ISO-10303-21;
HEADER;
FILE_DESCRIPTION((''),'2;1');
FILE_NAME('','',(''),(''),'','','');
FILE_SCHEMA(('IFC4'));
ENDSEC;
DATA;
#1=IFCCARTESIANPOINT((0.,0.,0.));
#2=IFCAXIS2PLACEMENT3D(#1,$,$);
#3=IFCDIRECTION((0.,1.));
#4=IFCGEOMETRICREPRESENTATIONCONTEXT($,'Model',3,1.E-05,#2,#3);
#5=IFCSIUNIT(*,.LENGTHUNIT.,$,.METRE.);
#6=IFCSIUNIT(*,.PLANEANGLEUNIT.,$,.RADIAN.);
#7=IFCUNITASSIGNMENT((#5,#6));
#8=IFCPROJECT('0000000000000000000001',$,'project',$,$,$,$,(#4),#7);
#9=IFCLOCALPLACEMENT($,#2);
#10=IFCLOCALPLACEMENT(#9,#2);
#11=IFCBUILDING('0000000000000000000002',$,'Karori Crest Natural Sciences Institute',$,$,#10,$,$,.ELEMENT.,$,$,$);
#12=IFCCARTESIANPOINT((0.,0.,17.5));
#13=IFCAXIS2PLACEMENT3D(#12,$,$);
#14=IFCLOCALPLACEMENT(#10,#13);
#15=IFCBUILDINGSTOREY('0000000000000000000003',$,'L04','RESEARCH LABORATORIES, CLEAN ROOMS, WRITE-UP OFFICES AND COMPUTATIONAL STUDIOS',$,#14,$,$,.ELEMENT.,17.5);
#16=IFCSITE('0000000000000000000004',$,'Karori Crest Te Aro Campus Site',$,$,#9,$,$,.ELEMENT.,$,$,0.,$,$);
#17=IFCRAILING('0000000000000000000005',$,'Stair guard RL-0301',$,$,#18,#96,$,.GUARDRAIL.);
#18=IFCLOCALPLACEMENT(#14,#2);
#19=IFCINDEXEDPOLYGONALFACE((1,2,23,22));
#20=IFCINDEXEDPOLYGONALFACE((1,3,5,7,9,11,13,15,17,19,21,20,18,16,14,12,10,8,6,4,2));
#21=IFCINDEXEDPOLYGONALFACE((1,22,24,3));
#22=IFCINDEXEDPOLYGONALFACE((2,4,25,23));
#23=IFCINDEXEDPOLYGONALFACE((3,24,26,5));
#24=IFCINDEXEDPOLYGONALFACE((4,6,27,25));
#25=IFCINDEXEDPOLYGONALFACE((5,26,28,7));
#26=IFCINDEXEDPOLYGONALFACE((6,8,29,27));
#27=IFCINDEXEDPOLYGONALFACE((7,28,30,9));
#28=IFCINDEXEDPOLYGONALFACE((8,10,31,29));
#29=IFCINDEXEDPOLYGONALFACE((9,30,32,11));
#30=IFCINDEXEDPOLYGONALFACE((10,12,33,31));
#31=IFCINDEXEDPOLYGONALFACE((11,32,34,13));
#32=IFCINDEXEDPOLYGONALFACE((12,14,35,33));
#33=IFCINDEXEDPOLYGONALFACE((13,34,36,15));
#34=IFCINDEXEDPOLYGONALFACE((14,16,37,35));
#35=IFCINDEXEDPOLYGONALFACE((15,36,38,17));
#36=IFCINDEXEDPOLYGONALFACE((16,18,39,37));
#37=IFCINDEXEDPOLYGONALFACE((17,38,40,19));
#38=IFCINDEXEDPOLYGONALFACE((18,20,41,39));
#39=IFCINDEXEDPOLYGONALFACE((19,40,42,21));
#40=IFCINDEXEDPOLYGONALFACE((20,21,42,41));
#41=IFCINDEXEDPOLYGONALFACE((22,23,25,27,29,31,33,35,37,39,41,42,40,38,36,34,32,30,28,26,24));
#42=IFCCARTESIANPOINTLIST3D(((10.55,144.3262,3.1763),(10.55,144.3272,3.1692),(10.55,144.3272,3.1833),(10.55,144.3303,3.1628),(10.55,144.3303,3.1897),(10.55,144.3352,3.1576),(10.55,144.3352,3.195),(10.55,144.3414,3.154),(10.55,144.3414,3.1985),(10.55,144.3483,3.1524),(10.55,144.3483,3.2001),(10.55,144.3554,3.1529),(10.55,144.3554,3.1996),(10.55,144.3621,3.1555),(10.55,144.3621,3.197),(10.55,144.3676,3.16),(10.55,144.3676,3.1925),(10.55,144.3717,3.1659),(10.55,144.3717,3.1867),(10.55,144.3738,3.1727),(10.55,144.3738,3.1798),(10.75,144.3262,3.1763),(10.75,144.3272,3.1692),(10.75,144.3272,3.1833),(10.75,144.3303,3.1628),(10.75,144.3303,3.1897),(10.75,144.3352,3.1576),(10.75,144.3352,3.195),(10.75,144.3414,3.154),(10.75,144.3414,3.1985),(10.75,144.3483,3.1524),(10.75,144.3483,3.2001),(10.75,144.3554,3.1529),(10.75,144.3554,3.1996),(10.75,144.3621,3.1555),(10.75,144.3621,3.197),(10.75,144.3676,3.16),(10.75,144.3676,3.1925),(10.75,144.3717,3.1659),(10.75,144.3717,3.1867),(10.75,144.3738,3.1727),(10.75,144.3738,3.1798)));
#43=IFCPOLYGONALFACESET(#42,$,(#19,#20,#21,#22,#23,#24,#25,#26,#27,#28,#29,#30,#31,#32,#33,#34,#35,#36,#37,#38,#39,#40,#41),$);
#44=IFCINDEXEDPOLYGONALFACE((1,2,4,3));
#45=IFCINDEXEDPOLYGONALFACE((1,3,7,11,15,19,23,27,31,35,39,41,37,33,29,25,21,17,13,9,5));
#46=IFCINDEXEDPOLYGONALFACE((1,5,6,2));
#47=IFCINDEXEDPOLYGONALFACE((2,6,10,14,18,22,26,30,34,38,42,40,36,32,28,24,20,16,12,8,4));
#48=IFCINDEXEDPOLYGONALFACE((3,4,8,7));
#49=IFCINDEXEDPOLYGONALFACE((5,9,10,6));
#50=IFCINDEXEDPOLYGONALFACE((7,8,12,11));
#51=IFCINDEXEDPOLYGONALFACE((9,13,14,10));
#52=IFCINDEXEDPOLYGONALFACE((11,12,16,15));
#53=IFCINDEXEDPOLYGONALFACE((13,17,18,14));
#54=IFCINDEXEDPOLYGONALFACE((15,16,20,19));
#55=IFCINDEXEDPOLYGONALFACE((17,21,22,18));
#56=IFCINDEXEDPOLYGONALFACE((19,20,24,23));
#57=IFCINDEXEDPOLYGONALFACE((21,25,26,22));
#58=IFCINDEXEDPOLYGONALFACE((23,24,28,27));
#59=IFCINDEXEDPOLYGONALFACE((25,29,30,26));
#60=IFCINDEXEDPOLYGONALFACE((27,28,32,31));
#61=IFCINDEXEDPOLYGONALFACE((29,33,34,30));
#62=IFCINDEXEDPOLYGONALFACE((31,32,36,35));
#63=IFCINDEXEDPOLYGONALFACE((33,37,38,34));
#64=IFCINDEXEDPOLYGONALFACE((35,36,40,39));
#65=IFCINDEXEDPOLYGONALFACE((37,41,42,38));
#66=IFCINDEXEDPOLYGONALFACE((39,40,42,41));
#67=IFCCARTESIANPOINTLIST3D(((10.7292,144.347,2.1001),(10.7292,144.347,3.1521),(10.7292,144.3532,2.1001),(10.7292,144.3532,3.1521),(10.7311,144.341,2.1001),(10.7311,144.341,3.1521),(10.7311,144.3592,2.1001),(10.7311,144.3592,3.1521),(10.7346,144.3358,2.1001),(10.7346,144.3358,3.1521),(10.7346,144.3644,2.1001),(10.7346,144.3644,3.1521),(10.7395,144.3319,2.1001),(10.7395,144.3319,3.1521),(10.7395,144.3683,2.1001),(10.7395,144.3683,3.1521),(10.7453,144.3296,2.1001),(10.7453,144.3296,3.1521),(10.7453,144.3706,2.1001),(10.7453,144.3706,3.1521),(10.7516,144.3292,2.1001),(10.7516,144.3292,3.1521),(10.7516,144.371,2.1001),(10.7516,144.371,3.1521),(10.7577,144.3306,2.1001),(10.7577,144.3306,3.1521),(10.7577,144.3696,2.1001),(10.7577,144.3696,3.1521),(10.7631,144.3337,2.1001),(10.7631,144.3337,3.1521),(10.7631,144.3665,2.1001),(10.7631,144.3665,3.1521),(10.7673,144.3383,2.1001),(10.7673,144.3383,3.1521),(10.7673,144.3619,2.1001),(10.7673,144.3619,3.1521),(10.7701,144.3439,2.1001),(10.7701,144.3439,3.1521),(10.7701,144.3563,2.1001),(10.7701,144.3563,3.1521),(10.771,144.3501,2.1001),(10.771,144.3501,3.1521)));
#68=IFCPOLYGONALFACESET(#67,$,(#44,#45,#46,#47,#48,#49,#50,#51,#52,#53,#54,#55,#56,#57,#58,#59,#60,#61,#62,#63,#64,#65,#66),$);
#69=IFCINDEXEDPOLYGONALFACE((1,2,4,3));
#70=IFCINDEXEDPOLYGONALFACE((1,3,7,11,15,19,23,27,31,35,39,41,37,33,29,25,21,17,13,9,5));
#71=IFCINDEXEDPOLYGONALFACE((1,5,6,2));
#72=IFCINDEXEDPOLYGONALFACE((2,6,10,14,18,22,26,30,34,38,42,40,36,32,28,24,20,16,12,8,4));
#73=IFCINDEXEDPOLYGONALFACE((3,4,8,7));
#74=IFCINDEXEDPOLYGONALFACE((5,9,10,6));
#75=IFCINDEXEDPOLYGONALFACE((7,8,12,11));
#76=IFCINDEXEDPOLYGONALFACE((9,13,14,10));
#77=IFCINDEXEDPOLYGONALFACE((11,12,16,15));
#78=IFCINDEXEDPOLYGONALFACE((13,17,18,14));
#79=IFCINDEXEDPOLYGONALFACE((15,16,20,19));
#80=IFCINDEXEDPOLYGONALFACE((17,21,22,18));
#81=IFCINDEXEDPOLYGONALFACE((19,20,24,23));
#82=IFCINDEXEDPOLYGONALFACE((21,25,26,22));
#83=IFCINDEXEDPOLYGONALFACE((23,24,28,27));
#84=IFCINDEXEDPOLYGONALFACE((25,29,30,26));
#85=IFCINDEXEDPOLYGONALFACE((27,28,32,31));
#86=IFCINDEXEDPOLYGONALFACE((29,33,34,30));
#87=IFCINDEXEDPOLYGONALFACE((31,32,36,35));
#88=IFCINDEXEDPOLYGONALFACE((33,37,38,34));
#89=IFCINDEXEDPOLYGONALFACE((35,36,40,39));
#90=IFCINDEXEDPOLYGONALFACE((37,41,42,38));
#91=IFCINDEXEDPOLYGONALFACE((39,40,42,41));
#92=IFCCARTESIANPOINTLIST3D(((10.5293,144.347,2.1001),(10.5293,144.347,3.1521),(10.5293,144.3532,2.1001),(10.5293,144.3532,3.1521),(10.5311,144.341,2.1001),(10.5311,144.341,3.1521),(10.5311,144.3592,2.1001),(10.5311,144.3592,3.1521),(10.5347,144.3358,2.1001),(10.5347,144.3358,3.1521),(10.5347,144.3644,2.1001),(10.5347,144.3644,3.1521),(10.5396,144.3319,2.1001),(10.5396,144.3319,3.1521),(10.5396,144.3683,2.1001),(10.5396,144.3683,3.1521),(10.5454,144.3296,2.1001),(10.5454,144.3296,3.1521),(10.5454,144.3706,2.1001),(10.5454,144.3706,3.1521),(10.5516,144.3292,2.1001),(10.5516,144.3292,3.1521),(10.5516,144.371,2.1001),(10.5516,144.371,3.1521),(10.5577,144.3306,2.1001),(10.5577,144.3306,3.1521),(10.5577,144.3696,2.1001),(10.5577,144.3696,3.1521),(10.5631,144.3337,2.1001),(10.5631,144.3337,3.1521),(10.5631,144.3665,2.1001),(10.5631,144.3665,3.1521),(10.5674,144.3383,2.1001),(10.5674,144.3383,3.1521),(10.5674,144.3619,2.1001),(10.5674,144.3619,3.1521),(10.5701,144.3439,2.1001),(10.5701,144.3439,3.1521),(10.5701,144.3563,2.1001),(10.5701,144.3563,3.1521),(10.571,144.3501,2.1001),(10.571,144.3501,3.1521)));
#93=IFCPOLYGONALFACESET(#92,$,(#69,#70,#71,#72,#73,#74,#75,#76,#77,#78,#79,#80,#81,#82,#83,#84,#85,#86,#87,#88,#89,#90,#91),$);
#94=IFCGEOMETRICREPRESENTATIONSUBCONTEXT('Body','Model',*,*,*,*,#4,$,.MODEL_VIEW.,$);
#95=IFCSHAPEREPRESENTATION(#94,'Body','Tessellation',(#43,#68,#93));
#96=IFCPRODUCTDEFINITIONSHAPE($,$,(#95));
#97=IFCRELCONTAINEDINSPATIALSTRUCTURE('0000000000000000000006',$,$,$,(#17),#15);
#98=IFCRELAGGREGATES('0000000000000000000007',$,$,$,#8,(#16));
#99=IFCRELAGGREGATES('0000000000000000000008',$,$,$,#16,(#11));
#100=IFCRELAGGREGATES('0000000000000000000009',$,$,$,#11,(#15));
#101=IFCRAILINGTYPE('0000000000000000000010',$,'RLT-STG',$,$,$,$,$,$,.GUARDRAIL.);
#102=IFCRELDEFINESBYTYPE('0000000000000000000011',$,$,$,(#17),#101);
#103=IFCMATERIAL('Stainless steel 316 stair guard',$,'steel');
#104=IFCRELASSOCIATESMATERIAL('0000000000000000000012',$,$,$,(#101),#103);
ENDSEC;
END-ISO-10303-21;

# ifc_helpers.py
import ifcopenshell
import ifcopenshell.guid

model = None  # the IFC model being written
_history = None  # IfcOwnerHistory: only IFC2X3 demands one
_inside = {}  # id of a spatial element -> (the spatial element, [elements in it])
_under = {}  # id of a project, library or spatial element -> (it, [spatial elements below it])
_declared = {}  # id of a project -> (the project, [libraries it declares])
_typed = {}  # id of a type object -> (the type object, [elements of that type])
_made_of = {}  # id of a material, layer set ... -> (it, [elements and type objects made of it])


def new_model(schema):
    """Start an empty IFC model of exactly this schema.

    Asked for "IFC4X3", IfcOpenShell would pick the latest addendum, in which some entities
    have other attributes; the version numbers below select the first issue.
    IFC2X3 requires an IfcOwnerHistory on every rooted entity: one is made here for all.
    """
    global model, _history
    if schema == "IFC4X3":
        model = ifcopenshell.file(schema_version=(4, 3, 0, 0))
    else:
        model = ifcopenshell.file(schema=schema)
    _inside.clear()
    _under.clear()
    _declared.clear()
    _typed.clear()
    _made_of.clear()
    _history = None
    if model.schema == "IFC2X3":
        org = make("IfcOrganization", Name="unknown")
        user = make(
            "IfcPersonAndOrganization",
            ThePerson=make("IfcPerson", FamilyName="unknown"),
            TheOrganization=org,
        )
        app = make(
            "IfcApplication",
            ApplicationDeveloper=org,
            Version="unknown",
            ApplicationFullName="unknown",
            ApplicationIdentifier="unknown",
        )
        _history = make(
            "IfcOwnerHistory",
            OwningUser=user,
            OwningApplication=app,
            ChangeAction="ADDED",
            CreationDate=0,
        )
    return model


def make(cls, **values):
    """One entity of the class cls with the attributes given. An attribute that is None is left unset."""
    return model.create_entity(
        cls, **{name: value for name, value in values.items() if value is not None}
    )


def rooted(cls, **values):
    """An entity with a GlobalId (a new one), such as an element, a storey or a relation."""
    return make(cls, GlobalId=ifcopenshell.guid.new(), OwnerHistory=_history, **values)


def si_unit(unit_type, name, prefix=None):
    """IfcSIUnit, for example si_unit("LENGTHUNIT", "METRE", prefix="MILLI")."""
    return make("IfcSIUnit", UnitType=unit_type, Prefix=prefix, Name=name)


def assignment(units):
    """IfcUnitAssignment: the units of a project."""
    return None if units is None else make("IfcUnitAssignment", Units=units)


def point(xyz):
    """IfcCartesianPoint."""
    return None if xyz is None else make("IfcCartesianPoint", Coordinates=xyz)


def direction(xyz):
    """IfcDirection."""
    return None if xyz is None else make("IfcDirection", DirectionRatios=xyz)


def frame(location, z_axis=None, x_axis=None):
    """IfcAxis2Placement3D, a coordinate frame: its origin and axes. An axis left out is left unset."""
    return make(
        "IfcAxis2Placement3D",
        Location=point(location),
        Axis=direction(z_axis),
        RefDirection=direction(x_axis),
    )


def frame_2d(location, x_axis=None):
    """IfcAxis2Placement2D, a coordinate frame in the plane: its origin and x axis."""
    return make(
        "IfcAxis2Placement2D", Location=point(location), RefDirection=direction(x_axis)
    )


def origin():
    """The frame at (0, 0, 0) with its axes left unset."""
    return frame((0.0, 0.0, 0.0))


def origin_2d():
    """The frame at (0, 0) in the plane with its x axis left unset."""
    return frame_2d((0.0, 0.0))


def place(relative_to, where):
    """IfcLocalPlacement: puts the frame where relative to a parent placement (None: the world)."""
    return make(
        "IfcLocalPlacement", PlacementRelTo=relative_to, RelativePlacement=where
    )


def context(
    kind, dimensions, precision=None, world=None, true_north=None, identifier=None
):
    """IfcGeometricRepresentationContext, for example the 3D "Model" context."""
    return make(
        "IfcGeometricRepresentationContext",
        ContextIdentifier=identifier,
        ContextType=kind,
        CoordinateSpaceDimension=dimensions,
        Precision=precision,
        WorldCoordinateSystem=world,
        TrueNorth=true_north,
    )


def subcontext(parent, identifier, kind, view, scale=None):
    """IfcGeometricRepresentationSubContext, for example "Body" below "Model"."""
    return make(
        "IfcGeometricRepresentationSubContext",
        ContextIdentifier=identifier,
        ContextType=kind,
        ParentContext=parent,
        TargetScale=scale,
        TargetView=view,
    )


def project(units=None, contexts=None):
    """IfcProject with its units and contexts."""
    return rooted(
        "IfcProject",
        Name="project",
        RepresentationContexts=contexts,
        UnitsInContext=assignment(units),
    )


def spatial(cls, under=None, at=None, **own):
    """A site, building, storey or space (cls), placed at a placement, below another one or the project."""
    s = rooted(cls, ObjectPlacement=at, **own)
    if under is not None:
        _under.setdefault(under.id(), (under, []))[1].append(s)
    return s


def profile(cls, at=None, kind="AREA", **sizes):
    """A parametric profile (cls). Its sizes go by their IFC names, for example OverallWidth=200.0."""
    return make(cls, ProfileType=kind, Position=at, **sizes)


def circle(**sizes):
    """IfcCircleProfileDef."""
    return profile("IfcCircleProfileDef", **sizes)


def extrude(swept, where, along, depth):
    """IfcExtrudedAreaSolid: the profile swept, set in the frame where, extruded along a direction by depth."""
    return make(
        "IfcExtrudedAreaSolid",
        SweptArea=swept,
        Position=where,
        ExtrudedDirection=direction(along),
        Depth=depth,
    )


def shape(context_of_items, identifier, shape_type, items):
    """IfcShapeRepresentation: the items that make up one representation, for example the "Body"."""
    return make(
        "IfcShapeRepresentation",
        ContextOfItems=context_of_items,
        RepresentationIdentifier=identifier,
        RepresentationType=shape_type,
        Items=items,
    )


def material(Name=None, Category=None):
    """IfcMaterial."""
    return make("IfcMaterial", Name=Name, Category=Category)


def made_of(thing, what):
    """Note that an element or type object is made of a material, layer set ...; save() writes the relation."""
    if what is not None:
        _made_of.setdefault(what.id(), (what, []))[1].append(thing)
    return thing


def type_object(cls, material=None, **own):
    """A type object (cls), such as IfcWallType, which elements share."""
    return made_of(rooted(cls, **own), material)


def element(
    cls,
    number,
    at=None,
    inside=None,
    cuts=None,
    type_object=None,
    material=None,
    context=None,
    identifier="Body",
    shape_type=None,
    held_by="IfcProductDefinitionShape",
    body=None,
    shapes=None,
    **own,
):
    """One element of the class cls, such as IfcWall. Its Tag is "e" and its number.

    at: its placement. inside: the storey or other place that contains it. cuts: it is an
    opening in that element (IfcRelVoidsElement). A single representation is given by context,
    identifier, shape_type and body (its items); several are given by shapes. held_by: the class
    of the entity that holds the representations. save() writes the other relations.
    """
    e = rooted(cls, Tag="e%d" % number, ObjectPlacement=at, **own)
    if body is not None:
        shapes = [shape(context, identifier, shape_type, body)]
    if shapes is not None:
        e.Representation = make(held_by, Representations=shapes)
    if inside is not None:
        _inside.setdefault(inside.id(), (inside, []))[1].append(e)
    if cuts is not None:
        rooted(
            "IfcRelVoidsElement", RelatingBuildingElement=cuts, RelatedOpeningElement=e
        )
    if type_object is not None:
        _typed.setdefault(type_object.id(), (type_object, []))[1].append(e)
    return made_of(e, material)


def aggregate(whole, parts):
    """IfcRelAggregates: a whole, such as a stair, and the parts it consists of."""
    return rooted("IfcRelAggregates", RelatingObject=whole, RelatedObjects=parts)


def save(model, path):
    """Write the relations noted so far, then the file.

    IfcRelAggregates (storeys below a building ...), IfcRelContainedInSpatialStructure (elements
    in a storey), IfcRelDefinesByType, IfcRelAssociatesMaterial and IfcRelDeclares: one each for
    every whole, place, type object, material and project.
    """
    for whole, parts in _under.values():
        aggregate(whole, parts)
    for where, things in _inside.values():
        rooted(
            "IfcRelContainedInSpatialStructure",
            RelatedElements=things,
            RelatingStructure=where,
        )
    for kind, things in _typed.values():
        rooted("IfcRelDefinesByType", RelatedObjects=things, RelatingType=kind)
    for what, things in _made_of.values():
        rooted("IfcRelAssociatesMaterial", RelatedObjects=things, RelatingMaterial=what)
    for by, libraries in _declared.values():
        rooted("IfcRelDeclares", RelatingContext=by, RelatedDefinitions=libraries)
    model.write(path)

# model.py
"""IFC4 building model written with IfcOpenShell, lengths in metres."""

from ifc_helpers import new_model, si_unit, direction, frame, origin, origin_2d, place, context, subcontext, project, spatial, circle, extrude, material, type_object, element, save


model = new_model("IFC4")

# Units and contexts
model_context = context("Model", 3, precision=1e-05, world=origin(), true_north=direction((0.0, 1.0)))
body_context = subcontext(model_context, "Body", "Model", "MODEL_VIEW")
ifc_project = project(units=[si_unit("LENGTHUNIT", "METRE"), si_unit("PLANEANGLEUNIT", "RADIAN")], contexts=[model_context])

# Site, building, storey
site_placement = place(None, origin())
site = spatial("IfcSite", under=ifc_project, at=site_placement, Name="Karori Crest Te Aro Campus Site", CompositionType="ELEMENT", RefElevation=0.0)
building_placement = place(site_placement, origin())
building = spatial("IfcBuilding", under=site, at=building_placement, Name="Karori Crest Natural Sciences Institute", CompositionType="ELEMENT")
storey_placement = place(building_placement, frame((0.0, 0.0, 17.5)))
storey = spatial("IfcBuildingStorey", under=building, at=storey_placement, Name="L04", Description="RESEARCH LABORATORIES, CLEAN ROOMS, WRITE-UP OFFICES AND COMPUTATIONAL STUDIOS", CompositionType="ELEMENT", Elevation=17.5)

# Railing
ifc_material_1 = material(Name="Stainless steel 316 stair guard", Category="steel")
railing_type_1 = type_object("IfcRailingType", Name="RLT-STG", PredefinedType="GUARDRAIL", material=ifc_material_1)
railing_1_placement = place(storey_placement, frame((10.75, 144.3501, 2.1001)))
element("IfcRailing", 1, at=railing_1_placement, inside=storey, type_object=railing_type_1, Name="Stair guard RL-0301", PredefinedType="GUARDRAIL", context=body_context, shape_type="SweptSolid", body=[
    extrude(circle(Radius=0.0239, at=origin_2d()), frame((0.0, 0.0, 1.0762), z_axis=(-1.0, 0.0, 0.0), x_axis=(0.0, -1.0, 0.0)), (0.0, 0.0, 1.0), 0.2),
    extrude(circle(Radius=0.021, at=origin_2d()), origin(), (0.0, 0.0, 1.0), 1.052),
    extrude(circle(Radius=0.021, at=origin_2d()), frame((-0.2, 0.0, 0.0)), (0.0, 0.0, 1.0), 1.052),
])

save(model, "model.ifc")
